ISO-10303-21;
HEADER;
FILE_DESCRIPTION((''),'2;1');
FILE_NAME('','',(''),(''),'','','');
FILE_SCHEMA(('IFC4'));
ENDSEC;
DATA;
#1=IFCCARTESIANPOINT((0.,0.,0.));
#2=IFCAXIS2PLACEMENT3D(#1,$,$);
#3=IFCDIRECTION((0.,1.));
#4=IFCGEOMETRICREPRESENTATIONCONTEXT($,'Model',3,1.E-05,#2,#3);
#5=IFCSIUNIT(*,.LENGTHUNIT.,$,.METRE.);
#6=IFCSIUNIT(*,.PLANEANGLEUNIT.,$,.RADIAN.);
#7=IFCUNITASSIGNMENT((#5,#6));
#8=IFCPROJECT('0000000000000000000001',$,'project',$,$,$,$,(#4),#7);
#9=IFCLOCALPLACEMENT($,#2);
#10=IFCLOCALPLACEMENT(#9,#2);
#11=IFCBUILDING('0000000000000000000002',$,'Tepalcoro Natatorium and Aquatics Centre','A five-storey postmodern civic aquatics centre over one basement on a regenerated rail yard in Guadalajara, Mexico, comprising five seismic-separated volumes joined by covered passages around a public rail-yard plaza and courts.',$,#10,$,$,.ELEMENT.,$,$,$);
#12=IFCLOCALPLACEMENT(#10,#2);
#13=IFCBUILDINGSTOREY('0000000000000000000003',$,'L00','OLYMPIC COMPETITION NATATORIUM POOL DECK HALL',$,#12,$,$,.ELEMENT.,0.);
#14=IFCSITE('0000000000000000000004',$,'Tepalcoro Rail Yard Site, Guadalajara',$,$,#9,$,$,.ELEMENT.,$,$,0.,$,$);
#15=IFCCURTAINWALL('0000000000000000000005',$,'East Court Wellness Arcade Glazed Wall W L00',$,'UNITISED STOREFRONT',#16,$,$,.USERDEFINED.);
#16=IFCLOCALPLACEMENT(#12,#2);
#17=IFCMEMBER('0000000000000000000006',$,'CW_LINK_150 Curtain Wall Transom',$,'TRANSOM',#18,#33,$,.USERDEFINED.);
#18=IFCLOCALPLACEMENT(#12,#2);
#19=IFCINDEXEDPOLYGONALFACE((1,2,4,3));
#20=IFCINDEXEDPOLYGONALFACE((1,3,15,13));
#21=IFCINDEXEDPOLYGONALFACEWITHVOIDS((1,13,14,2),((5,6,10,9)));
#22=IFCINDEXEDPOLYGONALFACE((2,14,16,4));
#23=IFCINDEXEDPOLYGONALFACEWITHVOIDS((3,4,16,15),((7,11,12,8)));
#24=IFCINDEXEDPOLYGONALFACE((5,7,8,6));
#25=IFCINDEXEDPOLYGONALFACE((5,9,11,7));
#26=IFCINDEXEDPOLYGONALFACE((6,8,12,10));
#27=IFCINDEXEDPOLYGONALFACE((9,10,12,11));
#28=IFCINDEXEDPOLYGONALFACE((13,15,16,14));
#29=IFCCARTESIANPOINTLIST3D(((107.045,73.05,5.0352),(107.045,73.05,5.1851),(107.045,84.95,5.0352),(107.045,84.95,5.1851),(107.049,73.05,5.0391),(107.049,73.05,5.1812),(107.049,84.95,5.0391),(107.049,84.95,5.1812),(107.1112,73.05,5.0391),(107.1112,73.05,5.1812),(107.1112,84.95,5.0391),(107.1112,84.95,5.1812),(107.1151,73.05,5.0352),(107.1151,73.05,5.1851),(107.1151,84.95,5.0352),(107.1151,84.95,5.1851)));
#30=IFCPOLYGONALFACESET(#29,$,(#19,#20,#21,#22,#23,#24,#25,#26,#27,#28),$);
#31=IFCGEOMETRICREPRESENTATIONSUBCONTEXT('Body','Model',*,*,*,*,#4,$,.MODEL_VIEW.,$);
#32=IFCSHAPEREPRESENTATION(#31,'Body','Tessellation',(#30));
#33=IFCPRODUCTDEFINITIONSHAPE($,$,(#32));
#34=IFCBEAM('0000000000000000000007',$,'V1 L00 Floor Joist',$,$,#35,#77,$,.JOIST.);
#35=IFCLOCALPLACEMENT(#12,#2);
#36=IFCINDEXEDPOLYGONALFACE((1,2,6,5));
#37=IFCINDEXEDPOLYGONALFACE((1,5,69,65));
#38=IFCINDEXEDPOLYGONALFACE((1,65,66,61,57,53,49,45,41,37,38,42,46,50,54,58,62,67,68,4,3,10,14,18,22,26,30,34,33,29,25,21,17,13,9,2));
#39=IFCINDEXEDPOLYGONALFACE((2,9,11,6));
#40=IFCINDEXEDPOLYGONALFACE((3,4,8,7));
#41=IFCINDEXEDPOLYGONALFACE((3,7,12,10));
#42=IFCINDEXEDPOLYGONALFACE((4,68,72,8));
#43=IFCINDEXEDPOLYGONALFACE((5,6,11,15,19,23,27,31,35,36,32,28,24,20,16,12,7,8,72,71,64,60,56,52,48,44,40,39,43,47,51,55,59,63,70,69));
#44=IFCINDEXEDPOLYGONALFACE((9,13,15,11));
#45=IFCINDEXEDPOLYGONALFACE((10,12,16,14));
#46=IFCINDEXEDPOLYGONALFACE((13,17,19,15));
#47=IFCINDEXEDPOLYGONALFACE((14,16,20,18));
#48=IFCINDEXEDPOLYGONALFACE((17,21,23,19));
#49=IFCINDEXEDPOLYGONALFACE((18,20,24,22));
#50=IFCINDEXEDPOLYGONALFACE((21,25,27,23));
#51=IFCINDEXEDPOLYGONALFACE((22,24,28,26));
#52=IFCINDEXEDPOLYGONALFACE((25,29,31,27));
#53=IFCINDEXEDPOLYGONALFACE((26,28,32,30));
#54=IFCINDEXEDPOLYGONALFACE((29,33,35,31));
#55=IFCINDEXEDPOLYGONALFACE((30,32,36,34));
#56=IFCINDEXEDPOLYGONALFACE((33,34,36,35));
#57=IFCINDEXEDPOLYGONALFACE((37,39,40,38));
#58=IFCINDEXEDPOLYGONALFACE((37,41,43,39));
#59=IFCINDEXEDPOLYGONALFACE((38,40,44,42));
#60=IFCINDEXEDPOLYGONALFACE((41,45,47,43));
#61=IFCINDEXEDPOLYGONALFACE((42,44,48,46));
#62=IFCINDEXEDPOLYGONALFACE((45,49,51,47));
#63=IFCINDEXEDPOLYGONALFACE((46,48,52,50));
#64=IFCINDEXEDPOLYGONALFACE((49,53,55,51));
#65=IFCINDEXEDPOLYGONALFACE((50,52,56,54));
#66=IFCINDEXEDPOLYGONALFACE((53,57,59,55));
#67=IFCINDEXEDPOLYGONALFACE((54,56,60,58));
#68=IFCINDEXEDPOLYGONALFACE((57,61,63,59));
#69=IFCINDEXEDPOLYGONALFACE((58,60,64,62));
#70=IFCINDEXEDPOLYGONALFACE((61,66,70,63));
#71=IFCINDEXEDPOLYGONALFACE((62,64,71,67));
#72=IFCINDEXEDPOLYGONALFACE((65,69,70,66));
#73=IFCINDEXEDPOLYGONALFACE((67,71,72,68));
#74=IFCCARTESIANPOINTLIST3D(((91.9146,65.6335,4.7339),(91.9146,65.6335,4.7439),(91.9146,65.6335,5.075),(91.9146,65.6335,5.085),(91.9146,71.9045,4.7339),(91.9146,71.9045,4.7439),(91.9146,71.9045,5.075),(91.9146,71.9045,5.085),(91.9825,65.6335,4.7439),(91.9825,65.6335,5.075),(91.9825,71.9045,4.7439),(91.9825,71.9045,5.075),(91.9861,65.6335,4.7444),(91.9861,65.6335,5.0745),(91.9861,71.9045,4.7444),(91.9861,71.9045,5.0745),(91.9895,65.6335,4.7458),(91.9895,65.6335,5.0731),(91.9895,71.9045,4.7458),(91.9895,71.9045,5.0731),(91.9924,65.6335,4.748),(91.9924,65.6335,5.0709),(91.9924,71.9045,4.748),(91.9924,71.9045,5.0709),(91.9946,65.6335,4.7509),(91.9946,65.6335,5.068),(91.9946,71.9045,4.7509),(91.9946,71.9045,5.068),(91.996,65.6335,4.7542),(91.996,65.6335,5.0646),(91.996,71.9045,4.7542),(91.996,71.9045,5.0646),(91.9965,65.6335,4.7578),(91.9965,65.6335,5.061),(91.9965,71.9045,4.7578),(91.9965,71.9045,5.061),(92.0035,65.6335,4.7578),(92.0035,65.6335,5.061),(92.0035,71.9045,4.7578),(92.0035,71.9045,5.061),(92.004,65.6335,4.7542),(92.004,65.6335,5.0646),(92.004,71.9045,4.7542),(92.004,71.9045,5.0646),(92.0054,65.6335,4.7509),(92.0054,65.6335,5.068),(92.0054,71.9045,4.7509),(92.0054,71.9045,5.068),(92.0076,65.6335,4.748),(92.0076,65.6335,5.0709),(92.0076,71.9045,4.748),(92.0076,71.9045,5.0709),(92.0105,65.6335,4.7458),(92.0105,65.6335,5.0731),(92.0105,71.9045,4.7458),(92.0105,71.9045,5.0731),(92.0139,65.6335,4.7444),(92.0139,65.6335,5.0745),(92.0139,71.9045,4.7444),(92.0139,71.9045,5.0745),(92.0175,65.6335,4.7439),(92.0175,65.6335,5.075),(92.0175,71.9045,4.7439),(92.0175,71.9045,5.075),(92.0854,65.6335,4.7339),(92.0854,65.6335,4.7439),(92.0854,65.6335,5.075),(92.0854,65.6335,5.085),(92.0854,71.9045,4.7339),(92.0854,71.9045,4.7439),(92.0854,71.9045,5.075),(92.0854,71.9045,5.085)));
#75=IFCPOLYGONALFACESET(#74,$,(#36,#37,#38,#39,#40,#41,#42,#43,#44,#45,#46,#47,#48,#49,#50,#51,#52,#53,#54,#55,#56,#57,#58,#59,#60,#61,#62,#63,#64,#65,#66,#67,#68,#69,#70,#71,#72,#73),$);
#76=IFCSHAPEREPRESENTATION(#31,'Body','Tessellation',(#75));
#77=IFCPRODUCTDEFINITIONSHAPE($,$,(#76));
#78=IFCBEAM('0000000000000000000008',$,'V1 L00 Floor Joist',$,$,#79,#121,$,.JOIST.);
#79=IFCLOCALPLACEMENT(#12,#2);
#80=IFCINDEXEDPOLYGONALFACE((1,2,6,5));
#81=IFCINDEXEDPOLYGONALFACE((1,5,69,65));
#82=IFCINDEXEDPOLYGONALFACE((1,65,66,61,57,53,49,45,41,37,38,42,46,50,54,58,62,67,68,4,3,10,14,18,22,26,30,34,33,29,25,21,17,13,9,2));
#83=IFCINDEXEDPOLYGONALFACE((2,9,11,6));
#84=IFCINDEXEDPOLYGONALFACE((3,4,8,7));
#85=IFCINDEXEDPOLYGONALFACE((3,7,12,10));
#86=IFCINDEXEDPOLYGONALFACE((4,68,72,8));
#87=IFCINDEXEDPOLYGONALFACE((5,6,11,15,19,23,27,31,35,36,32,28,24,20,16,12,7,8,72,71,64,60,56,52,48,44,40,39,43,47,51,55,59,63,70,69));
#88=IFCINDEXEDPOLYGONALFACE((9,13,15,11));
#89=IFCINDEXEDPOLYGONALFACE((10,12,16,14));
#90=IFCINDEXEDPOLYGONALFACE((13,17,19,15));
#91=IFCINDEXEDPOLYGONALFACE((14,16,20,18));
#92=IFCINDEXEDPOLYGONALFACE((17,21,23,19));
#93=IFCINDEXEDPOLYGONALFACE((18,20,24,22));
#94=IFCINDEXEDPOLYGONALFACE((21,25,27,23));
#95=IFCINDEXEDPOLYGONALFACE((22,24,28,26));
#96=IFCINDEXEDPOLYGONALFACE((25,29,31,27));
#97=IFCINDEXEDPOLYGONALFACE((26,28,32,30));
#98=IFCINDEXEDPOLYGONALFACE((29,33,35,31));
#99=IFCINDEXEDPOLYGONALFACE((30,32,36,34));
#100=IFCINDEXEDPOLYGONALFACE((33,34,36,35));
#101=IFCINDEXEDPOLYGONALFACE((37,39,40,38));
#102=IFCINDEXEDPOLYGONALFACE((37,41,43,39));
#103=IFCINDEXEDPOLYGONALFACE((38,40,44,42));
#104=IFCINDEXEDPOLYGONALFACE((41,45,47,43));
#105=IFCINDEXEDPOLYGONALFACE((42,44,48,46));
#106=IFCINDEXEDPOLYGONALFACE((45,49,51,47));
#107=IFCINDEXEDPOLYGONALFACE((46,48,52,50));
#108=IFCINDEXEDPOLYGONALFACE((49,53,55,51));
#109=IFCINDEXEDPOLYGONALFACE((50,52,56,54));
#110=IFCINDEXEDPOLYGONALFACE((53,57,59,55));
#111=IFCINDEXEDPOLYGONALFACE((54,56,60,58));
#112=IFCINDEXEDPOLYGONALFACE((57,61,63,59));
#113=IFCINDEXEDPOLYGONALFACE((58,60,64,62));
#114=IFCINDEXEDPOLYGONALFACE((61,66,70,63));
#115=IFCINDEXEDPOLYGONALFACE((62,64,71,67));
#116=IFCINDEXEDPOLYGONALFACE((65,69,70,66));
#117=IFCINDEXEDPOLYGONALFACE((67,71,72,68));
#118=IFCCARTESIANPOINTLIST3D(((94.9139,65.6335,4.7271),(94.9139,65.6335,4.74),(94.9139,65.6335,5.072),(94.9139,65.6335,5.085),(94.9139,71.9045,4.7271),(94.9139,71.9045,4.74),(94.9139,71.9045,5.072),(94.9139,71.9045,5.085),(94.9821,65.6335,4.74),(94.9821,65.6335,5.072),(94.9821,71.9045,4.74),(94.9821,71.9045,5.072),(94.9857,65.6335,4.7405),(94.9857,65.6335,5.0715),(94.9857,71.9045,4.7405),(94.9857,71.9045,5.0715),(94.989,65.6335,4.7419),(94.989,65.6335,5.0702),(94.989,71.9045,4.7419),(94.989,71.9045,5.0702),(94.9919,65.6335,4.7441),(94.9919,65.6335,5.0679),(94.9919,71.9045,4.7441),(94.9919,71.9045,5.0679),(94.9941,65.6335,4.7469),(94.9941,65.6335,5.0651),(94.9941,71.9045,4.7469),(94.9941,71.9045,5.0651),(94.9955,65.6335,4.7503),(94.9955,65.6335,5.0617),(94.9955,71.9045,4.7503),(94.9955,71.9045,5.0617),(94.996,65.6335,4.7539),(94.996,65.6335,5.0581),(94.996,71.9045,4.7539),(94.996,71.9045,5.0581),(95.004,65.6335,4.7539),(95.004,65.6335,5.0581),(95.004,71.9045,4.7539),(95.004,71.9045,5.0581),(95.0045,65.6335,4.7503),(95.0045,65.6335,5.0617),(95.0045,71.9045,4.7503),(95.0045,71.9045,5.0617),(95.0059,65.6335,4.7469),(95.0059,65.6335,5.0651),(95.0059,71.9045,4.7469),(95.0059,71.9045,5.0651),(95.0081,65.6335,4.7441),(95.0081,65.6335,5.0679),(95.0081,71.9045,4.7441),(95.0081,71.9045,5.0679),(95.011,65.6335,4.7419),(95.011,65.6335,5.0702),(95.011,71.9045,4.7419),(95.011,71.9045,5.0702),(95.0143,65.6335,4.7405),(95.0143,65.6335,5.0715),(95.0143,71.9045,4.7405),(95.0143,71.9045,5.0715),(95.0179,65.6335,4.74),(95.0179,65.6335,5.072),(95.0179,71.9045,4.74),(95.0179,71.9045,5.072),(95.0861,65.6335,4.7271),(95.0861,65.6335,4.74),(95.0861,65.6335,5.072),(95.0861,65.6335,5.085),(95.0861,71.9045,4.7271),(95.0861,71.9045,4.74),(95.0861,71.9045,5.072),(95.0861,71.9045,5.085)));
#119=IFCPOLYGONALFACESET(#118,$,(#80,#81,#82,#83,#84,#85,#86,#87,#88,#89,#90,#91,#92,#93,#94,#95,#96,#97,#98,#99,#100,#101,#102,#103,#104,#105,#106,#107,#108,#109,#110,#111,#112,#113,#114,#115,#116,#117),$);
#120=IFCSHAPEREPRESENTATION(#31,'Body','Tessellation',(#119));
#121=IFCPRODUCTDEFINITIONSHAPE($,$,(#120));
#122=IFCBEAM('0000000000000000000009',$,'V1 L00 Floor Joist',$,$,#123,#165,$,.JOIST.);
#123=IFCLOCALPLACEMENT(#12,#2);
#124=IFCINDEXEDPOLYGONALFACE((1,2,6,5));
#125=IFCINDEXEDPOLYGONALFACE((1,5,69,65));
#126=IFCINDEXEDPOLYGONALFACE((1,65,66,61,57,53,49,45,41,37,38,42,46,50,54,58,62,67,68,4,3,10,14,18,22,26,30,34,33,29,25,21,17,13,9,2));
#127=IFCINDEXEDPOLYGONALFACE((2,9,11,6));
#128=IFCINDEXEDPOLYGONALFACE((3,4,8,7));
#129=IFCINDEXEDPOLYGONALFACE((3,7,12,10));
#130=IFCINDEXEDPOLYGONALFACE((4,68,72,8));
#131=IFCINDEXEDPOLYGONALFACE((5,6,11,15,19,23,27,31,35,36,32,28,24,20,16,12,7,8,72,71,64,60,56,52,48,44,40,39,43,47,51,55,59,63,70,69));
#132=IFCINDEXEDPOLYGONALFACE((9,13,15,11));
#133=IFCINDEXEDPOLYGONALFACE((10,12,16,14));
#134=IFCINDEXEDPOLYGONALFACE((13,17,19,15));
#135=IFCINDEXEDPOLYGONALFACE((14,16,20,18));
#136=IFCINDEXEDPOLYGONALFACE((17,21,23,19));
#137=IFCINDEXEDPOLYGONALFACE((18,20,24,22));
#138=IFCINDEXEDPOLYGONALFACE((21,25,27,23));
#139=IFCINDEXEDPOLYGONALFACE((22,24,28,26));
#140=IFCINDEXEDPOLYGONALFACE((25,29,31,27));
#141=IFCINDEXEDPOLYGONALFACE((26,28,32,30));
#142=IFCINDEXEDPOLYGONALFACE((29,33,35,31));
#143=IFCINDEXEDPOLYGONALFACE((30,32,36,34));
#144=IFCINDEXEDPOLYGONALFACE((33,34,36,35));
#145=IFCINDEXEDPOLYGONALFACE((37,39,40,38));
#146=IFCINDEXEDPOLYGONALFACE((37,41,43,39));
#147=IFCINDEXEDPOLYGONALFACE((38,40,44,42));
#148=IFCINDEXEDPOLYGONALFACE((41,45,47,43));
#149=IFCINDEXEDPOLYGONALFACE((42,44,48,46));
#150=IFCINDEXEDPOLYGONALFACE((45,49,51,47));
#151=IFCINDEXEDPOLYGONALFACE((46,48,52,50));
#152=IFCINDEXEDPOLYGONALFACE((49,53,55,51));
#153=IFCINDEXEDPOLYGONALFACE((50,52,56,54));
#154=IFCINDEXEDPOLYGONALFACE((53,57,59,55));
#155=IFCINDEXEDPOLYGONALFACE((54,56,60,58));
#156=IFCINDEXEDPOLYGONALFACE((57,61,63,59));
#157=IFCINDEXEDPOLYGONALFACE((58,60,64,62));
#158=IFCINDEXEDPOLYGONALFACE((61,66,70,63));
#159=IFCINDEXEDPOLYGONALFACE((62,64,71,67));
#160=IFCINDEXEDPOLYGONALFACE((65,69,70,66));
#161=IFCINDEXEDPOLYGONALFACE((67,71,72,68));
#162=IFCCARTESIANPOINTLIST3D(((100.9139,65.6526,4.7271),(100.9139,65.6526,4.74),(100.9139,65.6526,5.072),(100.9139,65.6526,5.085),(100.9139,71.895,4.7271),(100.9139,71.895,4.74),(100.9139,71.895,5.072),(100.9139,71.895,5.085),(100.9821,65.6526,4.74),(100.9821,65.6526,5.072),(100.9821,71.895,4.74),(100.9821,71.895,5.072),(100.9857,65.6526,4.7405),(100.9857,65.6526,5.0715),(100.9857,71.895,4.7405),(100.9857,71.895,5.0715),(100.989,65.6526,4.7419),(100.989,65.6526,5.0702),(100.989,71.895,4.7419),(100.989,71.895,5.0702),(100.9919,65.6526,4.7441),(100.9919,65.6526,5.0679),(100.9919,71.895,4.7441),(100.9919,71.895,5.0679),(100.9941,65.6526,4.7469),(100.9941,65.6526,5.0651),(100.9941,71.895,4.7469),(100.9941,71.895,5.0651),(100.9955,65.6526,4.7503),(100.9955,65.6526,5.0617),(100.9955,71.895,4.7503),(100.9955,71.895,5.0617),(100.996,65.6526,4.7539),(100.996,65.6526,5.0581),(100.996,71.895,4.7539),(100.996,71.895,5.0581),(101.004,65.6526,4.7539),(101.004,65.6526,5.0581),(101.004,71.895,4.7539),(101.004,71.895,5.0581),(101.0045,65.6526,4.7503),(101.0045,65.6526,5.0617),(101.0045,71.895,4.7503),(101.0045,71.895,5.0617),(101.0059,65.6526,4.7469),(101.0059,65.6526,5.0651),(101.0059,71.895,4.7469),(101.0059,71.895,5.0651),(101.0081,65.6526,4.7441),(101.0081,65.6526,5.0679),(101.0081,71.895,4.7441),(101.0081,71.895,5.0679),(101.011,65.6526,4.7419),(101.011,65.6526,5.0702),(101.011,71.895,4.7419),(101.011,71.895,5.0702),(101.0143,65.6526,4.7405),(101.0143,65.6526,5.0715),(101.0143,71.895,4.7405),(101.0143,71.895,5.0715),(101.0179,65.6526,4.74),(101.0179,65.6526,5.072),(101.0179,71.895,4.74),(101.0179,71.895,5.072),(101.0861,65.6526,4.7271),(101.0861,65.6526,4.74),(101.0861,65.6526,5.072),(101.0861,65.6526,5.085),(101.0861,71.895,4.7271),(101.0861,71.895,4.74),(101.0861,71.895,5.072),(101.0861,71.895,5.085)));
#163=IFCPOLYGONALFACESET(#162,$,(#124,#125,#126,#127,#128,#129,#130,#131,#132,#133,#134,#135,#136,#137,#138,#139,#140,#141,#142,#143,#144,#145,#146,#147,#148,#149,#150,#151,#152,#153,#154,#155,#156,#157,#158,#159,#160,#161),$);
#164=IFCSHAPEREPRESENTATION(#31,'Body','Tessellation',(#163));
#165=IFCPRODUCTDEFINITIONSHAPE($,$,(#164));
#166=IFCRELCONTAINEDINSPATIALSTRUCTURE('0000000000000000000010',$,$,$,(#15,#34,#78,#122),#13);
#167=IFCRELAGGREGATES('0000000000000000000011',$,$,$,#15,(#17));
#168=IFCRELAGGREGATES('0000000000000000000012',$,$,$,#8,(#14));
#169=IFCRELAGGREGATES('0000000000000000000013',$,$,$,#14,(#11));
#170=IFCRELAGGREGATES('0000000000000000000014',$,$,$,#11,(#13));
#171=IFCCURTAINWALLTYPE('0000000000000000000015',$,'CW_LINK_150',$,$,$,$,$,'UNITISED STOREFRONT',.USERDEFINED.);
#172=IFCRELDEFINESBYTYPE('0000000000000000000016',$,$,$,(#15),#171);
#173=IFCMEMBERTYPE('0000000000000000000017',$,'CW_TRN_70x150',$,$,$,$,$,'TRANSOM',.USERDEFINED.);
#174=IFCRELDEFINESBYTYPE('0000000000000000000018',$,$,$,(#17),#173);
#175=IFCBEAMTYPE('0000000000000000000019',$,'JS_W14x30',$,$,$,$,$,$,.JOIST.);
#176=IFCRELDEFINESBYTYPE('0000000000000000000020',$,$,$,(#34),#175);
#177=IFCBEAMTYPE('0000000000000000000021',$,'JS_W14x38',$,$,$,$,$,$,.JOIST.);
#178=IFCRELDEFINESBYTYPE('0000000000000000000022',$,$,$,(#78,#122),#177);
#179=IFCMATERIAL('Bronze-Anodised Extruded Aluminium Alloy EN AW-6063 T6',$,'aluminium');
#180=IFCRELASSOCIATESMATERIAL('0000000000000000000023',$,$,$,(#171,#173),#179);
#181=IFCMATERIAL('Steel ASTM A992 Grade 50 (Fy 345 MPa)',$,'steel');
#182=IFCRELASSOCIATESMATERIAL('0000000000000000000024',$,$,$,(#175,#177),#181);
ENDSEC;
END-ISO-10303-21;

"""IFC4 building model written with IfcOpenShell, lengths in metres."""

from ifc_helpers import new_model, si_unit, direction, frame, origin, origin_2d, place, context, subcontext, project, spatial, hollow_rectangle, i_section, extrude, material, material_profile, profile_set, type_object, element, aggregate, save


model = new_model("IFC4")

# Units and contexts
model_context = context("Model", 3, precision=1e-05, world=origin(), true_north=direction((0.0, 1.0)))
body_context = subcontext(model_context, "Body", "Model", "MODEL_VIEW")
ifc_project = project(units=[si_unit("LENGTHUNIT", "METRE"), si_unit("PLANEANGLEUNIT", "RADIAN")], contexts=[model_context])

# Site, building, storey
site_placement = place(None, origin())
site = spatial("IfcSite", under=ifc_project, at=site_placement, Name="Tepalcoro Rail Yard Site, Guadalajara", CompositionType="ELEMENT", RefElevation=0.0)
building_placement = place(site_placement, origin())
building = spatial("IfcBuilding", under=site, at=building_placement, Name="Tepalcoro Natatorium and Aquatics Centre", Description="A five-storey postmodern civic aquatics centre over one basement on a regenerated rail yard in Guadalajara, Mexico, comprising five seismic-separated volumes joined by covered passages around a public rail-yard plaza and courts.", CompositionType="ELEMENT")
storey_placement = place(building_placement, origin())
storey = spatial("IfcBuildingStorey", under=building, at=storey_placement, Name="L00", Description="OLYMPIC COMPETITION NATATORIUM POOL DECK HALL", CompositionType="ELEMENT", Elevation=0.0)

# Shared definitions
ifc_material_1 = material(Name="Steel ASTM A992 Grade 50 (Fy 345 MPa)", Category="steel")

# Shared definitions
ifc_material_2 = material(Name="Bronze-Anodised Extruded Aluminium Alloy EN AW-6063 T6", Category="aluminium")

# Curtain wall, member
curtain_wall_type_1 = type_object("IfcCurtainWallType", Name="CW_LINK_150", ElementType="UNITISED STOREFRONT", PredefinedType="USERDEFINED", material=ifc_material_2)
curtain_wall_1_placement = place(storey_placement, origin())
curtain_wall_1 = element("IfcCurtainWall", 1, at=curtain_wall_1_placement, inside=storey, type_object=curtain_wall_type_1, Name="East Court Wellness Arcade Glazed Wall W L00", ObjectType="UNITISED STOREFRONT", PredefinedType="USERDEFINED")
ifc_material_profile_1 = material_profile(ifc_material_2, hollow_rectangle(XDim=0.0701, YDim=0.1499, WallThickness=0.0039, at=origin_2d()), Name="AL70X150X4")
ifc_profile_set_1 = profile_set([ifc_material_profile_1], Name="Bronze-Anodised Extruded Aluminium Alloy EN AW-6063 T6")
member_type_1 = type_object("IfcMemberType", Name="CW_TRN_70x150", ElementType="TRANSOM", PredefinedType="USERDEFINED", material=ifc_profile_set_1)
member_1_placement = place(storey_placement, frame((107.0801, 73.05, 5.1101), z_axis=(0.0, 1.0, 0.0), x_axis=(-1.0, 0.0, 0.0)))
member_1 = element("IfcMember", 2, at=member_1_placement, type_object=member_type_1, Name="CW_LINK_150 Curtain Wall Transom", ObjectType="TRANSOM", PredefinedType="USERDEFINED", context=body_context, shape_type="SweptSolid", body=[
    extrude(hollow_rectangle(XDim=0.0701, YDim=0.1499, WallThickness=0.0039, at=origin_2d()), origin(), (0.0, 0.0, 1.0), 11.8999),
])

# Beams
ifc_material_profile_2 = material_profile(ifc_material_1, i_section(OverallWidth=0.1709, OverallDepth=0.3511, WebThickness=0.0071, FlangeThickness=0.01, FilletRadius=0.0139, at=origin_2d()), Name="W14X30")
ifc_profile_set_2 = profile_set([ifc_material_profile_2], Name="Steel ASTM A992 Grade 50 (Fy 345 MPa)")
beam_type_1 = type_object("IfcBeamType", Name="JS_W14x30", PredefinedType="JOIST", material=ifc_profile_set_2)
beam_1_placement = place(storey_placement, frame((92.0, 65.6335, 4.9094), z_axis=(0.0, 1.0, 0.0), x_axis=(-1.0, 0.0, 0.0)))
element("IfcBeam", 3, at=beam_1_placement, inside=storey, type_object=beam_type_1, Name="V1 L00 Floor Joist", PredefinedType="JOIST", context=body_context, shape_type="SweptSolid", body=[
    extrude(i_section(OverallWidth=0.1709, OverallDepth=0.3511, WebThickness=0.0071, FlangeThickness=0.01, FilletRadius=0.0139, at=origin_2d()), origin(), (0.0, 0.0, 1.0), 6.271),
])
ifc_material_profile_3 = material_profile(ifc_material_1, i_section(OverallWidth=0.1721, OverallDepth=0.3579, WebThickness=0.0081, FlangeThickness=0.0129, FilletRadius=0.0139, at=origin_2d()), Name="W14X38")
ifc_profile_set_3 = profile_set([ifc_material_profile_3], Name="Steel ASTM A992 Grade 50 (Fy 345 MPa)")
beam_type_2 = type_object("IfcBeamType", Name="JS_W14x38", PredefinedType="JOIST", material=ifc_profile_set_3)
beam_2_placement = place(storey_placement, frame((95.0, 65.6335, 4.906), z_axis=(0.0, 1.0, 0.0), x_axis=(-1.0, 0.0, 0.0)))
element("IfcBeam", 4, at=beam_2_placement, inside=storey, type_object=beam_type_2, Name="V1 L00 Floor Joist", PredefinedType="JOIST", context=body_context, shape_type="SweptSolid", body=[
    extrude(i_section(OverallWidth=0.1721, OverallDepth=0.3579, WebThickness=0.0081, FlangeThickness=0.0129, FilletRadius=0.0139, at=origin_2d()), origin(), (0.0, 0.0, 1.0), 6.271),
])
beam_3_placement = place(storey_placement, frame((101.0, 65.6526, 4.906), z_axis=(0.0, 1.0, 0.0), x_axis=(-1.0, 0.0, 0.0)))
element("IfcBeam", 5, at=beam_3_placement, inside=storey, type_object=beam_type_2, Name="V1 L00 Floor Joist", PredefinedType="JOIST", context=body_context, shape_type="SweptSolid", body=[
    extrude(i_section(OverallWidth=0.1721, OverallDepth=0.3579, WebThickness=0.0081, FlangeThickness=0.0129, FilletRadius=0.0139, at=origin_2d()), origin(), (0.0, 0.0, 1.0), 6.2424),
])

aggregate(curtain_wall_1, [member_1])

save(model, "model.ifc")
